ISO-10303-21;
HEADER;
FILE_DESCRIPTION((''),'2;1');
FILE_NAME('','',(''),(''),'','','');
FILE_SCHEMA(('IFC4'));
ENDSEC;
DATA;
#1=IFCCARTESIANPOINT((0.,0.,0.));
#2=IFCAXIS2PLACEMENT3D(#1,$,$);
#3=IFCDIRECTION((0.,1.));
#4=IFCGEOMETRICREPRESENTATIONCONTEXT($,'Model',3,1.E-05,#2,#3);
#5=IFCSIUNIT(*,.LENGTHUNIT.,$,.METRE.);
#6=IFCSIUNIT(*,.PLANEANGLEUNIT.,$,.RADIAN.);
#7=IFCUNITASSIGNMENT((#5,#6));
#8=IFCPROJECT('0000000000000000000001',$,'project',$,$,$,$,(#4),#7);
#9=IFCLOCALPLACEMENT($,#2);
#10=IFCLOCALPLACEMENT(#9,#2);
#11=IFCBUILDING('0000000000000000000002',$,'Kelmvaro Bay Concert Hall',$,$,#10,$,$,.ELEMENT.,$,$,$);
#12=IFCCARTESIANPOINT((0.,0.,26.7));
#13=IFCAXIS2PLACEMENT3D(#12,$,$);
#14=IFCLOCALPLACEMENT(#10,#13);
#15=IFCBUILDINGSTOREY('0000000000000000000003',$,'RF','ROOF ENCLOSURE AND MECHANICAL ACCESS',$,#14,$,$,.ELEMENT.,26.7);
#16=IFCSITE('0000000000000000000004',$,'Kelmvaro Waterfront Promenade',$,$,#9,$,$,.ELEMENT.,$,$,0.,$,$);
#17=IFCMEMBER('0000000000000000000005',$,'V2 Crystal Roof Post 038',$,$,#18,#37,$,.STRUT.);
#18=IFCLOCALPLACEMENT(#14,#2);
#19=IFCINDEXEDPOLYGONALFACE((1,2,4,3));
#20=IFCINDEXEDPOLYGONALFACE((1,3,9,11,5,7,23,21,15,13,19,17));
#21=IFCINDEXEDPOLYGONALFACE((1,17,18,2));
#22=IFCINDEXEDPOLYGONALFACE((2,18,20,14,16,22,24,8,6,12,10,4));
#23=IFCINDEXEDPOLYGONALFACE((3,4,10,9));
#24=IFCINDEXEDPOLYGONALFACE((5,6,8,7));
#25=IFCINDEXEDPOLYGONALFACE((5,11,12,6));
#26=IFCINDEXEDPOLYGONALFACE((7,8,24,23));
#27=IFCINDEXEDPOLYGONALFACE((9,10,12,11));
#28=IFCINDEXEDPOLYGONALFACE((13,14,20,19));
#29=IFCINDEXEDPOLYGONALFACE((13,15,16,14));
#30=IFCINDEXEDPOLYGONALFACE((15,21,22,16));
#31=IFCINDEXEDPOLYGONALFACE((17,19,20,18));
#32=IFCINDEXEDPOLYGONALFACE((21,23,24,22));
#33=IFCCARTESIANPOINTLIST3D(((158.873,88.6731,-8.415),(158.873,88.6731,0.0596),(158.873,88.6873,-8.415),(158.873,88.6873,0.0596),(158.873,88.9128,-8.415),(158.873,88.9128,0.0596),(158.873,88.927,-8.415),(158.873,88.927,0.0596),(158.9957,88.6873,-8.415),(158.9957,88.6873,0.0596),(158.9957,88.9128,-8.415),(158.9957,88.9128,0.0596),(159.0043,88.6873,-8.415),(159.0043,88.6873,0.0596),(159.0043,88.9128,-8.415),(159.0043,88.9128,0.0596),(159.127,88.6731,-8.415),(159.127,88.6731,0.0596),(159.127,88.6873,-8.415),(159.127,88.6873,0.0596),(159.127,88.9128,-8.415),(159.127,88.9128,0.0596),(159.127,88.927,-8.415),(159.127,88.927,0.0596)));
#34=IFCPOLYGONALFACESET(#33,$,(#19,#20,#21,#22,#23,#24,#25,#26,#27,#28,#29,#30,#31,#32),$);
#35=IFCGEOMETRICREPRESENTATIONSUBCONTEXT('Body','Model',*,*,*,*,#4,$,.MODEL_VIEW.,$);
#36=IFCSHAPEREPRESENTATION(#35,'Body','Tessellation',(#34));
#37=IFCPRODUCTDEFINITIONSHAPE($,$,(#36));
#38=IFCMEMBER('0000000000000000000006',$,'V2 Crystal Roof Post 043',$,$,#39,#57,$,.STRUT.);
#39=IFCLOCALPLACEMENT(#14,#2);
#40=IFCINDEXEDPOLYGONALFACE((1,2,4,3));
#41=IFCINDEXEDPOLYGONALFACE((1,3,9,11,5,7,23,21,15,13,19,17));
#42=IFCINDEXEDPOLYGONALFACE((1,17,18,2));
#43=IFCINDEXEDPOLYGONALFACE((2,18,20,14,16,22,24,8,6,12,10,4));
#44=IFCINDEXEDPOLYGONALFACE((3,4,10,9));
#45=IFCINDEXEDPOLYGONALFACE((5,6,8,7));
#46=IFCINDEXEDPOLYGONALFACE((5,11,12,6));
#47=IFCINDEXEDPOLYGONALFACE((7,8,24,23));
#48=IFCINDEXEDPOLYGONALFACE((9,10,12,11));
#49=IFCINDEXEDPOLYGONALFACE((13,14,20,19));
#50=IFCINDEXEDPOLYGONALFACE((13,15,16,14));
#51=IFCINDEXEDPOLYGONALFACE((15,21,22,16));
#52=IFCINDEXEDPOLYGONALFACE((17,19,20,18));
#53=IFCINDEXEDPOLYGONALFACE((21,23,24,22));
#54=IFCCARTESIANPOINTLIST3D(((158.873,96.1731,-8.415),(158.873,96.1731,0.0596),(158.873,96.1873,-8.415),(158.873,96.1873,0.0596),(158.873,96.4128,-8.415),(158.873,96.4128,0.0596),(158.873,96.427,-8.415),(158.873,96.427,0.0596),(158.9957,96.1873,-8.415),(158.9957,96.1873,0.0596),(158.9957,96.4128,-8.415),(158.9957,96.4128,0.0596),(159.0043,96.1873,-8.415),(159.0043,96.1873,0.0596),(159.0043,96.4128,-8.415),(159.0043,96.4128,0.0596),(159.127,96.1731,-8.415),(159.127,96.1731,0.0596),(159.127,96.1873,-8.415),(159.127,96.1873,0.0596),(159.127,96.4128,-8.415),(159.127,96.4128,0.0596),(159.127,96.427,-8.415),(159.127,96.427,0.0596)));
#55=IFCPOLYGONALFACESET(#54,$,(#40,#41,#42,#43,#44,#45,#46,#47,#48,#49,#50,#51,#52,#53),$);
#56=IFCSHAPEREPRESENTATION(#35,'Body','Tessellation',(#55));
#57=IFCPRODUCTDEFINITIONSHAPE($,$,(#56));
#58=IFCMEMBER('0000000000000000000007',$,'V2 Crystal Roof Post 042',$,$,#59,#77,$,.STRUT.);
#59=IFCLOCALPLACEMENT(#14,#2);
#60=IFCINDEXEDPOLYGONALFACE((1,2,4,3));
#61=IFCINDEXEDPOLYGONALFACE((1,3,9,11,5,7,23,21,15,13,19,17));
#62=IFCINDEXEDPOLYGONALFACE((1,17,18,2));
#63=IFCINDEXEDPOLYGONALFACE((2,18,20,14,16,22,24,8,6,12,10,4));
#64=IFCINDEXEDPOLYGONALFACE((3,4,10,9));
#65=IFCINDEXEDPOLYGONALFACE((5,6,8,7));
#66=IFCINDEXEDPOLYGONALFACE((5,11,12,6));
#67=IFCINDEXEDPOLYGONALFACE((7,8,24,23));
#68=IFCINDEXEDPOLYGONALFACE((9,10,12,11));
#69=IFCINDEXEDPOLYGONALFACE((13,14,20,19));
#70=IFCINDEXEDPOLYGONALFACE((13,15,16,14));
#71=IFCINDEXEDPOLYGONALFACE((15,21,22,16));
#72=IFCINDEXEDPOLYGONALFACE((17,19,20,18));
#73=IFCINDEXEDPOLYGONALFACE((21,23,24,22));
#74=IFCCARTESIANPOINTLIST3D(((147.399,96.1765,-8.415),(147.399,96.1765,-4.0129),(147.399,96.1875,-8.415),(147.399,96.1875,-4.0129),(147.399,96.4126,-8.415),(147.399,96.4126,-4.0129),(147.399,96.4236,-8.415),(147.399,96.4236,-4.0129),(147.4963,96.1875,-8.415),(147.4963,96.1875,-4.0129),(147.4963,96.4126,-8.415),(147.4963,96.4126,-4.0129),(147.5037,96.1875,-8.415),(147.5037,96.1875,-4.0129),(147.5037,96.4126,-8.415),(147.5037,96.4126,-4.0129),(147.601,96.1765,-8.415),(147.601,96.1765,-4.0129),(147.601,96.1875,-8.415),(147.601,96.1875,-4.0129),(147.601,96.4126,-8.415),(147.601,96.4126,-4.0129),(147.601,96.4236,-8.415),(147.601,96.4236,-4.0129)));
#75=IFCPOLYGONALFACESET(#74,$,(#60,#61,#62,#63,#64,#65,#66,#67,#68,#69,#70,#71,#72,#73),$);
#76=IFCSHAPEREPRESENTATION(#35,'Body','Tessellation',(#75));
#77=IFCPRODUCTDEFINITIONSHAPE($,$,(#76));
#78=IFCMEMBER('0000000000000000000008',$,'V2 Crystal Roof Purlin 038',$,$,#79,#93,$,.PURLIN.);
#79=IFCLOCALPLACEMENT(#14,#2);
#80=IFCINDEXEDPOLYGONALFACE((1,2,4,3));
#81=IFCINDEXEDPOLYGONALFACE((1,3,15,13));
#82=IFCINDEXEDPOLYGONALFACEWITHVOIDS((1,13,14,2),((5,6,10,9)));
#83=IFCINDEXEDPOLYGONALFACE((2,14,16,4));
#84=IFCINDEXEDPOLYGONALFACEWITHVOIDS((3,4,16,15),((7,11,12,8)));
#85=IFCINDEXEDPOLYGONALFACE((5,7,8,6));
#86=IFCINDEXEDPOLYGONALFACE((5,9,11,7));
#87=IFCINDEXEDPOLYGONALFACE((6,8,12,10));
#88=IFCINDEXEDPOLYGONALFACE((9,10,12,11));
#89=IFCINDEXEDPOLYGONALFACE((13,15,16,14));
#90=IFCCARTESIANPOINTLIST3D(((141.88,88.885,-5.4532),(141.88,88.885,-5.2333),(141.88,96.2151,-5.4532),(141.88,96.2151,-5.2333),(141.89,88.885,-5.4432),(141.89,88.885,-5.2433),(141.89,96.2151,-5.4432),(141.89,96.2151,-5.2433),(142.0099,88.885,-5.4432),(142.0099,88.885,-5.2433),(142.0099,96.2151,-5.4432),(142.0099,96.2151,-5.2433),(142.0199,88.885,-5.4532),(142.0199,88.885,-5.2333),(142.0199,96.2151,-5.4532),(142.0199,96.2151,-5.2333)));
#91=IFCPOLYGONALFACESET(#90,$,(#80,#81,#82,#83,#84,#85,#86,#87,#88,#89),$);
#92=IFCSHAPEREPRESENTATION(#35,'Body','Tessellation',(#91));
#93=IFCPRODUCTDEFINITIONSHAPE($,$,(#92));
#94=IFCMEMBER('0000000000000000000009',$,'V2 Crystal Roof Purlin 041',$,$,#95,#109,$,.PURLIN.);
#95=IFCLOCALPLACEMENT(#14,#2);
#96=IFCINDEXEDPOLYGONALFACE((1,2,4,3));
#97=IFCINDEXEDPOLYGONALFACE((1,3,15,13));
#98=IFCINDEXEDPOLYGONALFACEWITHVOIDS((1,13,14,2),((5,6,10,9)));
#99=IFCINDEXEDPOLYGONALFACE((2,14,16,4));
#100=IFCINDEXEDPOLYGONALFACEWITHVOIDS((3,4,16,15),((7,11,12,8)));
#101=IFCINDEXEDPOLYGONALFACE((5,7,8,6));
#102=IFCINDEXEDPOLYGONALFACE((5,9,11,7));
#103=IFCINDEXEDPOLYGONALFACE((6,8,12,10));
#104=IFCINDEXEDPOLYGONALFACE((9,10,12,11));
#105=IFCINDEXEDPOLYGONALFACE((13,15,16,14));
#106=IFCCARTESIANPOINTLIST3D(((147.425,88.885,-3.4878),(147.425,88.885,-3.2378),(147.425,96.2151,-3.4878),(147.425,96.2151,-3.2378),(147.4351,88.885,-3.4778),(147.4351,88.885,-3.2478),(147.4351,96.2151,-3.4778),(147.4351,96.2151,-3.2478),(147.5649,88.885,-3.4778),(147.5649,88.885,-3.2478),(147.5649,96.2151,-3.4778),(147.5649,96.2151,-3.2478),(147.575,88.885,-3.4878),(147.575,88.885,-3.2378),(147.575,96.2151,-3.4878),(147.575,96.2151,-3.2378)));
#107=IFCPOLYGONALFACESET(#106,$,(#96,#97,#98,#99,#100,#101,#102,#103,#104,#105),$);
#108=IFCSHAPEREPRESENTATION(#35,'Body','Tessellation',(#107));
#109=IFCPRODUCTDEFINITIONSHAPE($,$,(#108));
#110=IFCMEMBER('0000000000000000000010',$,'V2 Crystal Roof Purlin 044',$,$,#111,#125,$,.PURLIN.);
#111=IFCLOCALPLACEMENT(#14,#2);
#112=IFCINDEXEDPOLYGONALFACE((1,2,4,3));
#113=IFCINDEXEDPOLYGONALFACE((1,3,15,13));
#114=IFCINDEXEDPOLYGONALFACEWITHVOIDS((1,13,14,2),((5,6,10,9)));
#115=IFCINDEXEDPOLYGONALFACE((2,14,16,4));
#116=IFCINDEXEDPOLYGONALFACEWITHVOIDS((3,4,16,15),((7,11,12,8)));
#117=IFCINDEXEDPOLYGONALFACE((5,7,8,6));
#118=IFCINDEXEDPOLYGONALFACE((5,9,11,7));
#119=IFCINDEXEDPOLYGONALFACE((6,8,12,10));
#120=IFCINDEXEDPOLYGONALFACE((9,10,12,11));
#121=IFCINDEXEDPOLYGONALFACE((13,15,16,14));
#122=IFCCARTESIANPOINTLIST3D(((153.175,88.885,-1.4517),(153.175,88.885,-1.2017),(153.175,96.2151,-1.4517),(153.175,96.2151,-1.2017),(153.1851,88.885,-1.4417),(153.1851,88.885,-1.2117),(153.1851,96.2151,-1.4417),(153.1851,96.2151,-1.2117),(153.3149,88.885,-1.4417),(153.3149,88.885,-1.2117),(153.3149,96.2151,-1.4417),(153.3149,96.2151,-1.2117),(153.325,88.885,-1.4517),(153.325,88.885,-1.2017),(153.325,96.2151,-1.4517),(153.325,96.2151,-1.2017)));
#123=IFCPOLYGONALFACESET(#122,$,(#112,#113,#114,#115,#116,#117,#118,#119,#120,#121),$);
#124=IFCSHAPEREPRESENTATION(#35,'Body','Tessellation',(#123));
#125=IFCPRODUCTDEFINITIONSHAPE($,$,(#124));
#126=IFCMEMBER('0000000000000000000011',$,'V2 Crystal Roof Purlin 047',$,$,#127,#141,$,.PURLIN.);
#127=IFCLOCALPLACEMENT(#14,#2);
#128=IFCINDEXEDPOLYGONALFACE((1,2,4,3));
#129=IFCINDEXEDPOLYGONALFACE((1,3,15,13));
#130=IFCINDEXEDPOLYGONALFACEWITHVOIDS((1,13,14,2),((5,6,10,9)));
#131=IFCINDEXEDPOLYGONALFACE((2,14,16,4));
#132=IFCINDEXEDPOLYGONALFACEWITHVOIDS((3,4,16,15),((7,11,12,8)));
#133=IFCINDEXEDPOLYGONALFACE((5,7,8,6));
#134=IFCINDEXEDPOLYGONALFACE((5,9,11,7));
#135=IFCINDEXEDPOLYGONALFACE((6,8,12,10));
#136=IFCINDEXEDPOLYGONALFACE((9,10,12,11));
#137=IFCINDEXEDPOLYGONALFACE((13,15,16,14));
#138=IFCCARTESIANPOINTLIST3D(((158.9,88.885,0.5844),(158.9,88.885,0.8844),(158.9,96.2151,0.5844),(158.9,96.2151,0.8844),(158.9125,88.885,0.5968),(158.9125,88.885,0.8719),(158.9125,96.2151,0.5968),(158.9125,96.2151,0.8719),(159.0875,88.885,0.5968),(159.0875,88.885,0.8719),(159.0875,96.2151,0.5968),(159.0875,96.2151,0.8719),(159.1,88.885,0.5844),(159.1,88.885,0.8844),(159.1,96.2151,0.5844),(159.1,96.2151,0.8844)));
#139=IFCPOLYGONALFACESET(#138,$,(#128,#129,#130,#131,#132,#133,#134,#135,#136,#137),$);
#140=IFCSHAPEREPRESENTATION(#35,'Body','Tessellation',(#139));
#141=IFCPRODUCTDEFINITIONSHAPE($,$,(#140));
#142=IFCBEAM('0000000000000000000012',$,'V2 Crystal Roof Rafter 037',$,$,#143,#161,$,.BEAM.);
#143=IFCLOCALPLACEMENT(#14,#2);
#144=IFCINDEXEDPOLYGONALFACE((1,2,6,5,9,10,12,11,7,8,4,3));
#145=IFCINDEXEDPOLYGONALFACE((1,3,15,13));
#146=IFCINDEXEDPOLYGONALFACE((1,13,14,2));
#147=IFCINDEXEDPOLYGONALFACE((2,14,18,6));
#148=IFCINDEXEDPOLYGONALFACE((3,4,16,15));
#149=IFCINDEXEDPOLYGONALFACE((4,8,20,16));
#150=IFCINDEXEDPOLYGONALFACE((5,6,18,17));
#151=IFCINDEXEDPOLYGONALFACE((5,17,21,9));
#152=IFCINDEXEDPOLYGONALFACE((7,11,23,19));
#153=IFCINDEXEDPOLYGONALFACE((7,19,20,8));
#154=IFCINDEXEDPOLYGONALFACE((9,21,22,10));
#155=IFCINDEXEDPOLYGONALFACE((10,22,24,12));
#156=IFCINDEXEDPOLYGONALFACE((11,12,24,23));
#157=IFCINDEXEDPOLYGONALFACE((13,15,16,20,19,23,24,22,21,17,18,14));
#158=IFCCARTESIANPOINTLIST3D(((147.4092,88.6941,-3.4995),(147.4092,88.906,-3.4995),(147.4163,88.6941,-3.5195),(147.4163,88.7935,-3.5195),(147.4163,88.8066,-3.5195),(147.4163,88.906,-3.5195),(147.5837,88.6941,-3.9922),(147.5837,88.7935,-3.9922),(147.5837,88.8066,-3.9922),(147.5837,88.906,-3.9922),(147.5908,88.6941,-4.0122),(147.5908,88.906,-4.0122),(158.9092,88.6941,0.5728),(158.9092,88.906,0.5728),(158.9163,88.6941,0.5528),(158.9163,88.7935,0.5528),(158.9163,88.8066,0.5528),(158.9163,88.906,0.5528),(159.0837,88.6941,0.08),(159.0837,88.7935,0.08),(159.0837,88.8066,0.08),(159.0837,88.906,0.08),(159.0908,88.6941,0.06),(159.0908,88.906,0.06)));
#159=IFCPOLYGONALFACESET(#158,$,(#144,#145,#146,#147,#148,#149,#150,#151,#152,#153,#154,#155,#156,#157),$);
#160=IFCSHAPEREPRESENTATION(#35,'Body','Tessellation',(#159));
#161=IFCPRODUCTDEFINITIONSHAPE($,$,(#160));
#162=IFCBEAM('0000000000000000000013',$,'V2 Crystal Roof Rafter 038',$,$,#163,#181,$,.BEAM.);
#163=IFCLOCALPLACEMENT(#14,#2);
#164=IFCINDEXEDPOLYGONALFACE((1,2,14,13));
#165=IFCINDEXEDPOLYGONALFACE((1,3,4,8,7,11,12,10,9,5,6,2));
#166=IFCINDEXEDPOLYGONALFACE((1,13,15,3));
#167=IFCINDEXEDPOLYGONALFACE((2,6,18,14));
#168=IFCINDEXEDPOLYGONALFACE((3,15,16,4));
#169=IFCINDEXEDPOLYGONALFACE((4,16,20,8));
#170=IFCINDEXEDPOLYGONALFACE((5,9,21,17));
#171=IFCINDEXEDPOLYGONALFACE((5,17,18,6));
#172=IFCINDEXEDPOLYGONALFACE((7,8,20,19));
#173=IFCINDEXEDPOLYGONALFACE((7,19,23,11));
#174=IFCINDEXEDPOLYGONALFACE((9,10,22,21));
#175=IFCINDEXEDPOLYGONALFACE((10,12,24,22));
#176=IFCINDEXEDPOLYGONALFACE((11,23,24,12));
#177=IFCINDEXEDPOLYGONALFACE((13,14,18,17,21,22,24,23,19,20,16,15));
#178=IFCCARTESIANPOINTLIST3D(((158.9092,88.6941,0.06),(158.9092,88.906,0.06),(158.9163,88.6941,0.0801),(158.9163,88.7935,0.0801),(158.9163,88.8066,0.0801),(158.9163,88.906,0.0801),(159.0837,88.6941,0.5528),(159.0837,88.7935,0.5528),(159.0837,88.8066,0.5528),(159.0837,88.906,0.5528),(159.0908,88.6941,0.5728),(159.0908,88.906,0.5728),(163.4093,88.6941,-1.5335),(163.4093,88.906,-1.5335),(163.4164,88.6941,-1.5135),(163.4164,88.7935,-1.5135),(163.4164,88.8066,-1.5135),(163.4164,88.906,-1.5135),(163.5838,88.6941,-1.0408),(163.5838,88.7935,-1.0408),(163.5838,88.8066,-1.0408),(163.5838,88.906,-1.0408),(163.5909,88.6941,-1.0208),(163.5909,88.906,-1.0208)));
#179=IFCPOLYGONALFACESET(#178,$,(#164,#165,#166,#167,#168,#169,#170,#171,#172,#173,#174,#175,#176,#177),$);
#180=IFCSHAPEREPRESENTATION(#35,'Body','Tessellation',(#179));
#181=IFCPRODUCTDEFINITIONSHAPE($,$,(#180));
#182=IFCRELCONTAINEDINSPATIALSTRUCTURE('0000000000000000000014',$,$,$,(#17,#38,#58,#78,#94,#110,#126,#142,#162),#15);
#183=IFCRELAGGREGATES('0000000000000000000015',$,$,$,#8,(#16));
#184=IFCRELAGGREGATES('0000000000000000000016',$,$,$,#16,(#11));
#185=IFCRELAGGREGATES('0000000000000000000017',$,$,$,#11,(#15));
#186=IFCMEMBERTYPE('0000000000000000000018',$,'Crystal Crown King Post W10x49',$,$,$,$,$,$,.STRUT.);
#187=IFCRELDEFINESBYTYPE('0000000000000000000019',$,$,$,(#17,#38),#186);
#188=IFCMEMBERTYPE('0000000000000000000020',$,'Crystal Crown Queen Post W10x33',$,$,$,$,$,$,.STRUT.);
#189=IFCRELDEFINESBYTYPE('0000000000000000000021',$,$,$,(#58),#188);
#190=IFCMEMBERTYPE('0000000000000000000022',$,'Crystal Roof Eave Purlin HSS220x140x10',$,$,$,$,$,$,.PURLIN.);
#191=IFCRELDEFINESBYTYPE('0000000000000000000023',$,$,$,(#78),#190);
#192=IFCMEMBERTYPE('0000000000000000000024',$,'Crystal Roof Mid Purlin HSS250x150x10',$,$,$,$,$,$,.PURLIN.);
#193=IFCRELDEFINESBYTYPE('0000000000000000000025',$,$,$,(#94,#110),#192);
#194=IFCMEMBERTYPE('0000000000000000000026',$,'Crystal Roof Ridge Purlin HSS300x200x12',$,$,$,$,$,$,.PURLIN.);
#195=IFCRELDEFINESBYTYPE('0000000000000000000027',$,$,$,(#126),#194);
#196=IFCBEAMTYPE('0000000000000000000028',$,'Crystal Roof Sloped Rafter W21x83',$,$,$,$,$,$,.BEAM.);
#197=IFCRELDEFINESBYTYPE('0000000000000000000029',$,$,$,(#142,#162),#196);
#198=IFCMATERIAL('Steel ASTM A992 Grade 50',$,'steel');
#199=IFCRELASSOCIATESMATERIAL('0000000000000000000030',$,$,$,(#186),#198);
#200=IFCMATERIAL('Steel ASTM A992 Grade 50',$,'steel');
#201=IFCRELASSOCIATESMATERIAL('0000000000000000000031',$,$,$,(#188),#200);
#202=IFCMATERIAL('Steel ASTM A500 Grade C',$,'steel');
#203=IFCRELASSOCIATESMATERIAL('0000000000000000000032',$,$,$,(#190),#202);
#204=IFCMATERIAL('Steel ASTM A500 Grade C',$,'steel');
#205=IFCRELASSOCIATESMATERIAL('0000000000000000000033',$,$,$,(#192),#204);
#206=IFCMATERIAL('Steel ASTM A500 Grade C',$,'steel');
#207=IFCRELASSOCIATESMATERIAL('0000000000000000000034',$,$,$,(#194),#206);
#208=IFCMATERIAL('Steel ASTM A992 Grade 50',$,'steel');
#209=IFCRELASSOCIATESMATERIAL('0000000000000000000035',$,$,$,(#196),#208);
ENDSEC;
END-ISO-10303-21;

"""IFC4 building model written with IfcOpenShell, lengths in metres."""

from ifc_helpers import new_model, si_unit, direction, frame, origin, origin_2d, place, context, subcontext, project, spatial, hollow_rectangle, i_section, extrude, material, material_profile, profile_set, type_object, element, save


model = new_model("IFC4")

# Units and contexts
model_context = context("Model", 3, precision=1e-05, world=origin(), true_north=direction((0.0, 1.0)))
body_context = subcontext(model_context, "Body", "Model", "MODEL_VIEW")
ifc_project = project(units=[si_unit("LENGTHUNIT", "METRE"), si_unit("PLANEANGLEUNIT", "RADIAN")], contexts=[model_context])

# Site, building, storey
site_placement = place(None, origin())
site = spatial("IfcSite", under=ifc_project, at=site_placement, Name="Kelmvaro Waterfront Promenade", CompositionType="ELEMENT", RefElevation=0.0)
building_placement = place(site_placement, origin())
building = spatial("IfcBuilding", under=site, at=building_placement, Name="Kelmvaro Bay Concert Hall", CompositionType="ELEMENT")
storey_placement = place(building_placement, frame((0.0, 0.0, 26.7)))
storey = spatial("IfcBuildingStorey", under=building, at=storey_placement, Name="RF", Description="ROOF ENCLOSURE AND MECHANICAL ACCESS", CompositionType="ELEMENT", Elevation=26.7)

# Members
ifc_material_1 = material(Name="Steel ASTM A992 Grade 50", Category="steel")
ifc_material_profile_1 = material_profile(ifc_material_1, i_section(OverallWidth=0.2539, OverallDepth=0.2539, WebThickness=0.0085, FlangeThickness=0.0142, at=origin_2d()), Name="W10X49")
ifc_profile_set_1 = profile_set([ifc_material_profile_1], Name="Steel ASTM A992 Grade 50")
member_type_1 = type_object("IfcMemberType", Name="Crystal Crown King Post W10x49", PredefinedType="STRUT", material=ifc_profile_set_1)
for number, where, z_axis, x_axis, name in (
    (1, (159.0, 88.8, -8.415), (0.0, 0.0, 1.0), (1.0, 0.0, 0.0), "V2 Crystal Roof Post 038"),
    (2, (159.0, 96.3, -8.415), (0.0, 0.0, 1.0), (1.0, 0.0, 0.0), "V2 Crystal Roof Post 043"),
):
    element("IfcMember", number, at=place(storey_placement, frame(where, z_axis=z_axis, x_axis=x_axis)), inside=storey, type_object=member_type_1, Name=name, PredefinedType="STRUT", context=body_context, shape_type="SweptSolid", body=[
        extrude(i_section(OverallWidth=0.2539, OverallDepth=0.2539, WebThickness=0.0085, FlangeThickness=0.0142, at=origin_2d()), origin(), (0.0, 0.0, 1.0), 8.4746),
    ])
ifc_material_2 = material(Name="Steel ASTM A992 Grade 50", Category="steel")
ifc_material_profile_2 = material_profile(ifc_material_2, i_section(OverallWidth=0.2019, OverallDepth=0.2471, WebThickness=0.0073, FlangeThickness=0.011, at=origin_2d()), Name="W10X33")
ifc_profile_set_2 = profile_set([ifc_material_profile_2], Name="Steel ASTM A992 Grade 50")
member_type_2 = type_object("IfcMemberType", Name="Crystal Crown Queen Post W10x33", PredefinedType="STRUT", material=ifc_profile_set_2)
member_1_placement = place(storey_placement, frame((147.5, 96.3, -8.415), z_axis=(0.0, 0.0, 1.0), x_axis=(1.0, 0.0, 0.0)))
element("IfcMember", 3, at=member_1_placement, inside=storey, type_object=member_type_2, Name="V2 Crystal Roof Post 042", PredefinedType="STRUT", context=body_context, shape_type="SweptSolid", body=[
    extrude(i_section(OverallWidth=0.2019, OverallDepth=0.2471, WebThickness=0.0073, FlangeThickness=0.011, at=origin_2d()), origin(), (0.0, 0.0, 1.0), 4.4021),
])
ifc_material_3 = material(Name="Steel ASTM A500 Grade C", Category="steel")
ifc_material_profile_3 = material_profile(ifc_material_3, hollow_rectangle(XDim=0.1399, YDim=0.22, WallThickness=0.01, at=origin_2d()), Name="HSS220X140X10")
ifc_profile_set_3 = profile_set([ifc_material_profile_3], Name="Steel ASTM A500 Grade C")
member_type_3 = type_object("IfcMemberType", Name="Crystal Roof Eave Purlin HSS220x140x10", PredefinedType="PURLIN", material=ifc_profile_set_3)
member_2_placement = place(storey_placement, frame((141.95, 88.885, -5.3433), z_axis=(0.0, 1.0, 0.0), x_axis=(-1.0, 0.0, 0.0)))
element("IfcMember", 4, at=member_2_placement, inside=storey, type_object=member_type_3, Name="V2 Crystal Roof Purlin 038", PredefinedType="PURLIN", context=body_context, shape_type="SweptSolid", body=[
    extrude(hollow_rectangle(XDim=0.1399, YDim=0.22, WallThickness=0.01, at=origin_2d()), origin(), (0.0, 0.0, 1.0), 7.3301),
])
ifc_material_4 = material(Name="Steel ASTM A500 Grade C", Category="steel")
ifc_material_profile_4 = material_profile(ifc_material_4, hollow_rectangle(XDim=0.1499, YDim=0.25, WallThickness=0.01, at=origin_2d()), Name="HSS250X150X10")
ifc_profile_set_4 = profile_set([ifc_material_profile_4], Name="Steel ASTM A500 Grade C")
member_type_4 = type_object("IfcMemberType", Name="Crystal Roof Mid Purlin HSS250x150x10", PredefinedType="PURLIN", material=ifc_profile_set_4)
for number, where, z_axis, x_axis, name in (
    (5, (147.5, 88.885, -3.3628), (0.0, 1.0, 0.0), (-1.0, 0.0, 0.0), "V2 Crystal Roof Purlin 041"),
    (6, (153.25, 88.885, -1.3267), (0.0, 1.0, 0.0), (-1.0, 0.0, 0.0), "V2 Crystal Roof Purlin 044"),
):
    element("IfcMember", number, at=place(storey_placement, frame(where, z_axis=z_axis, x_axis=x_axis)), inside=storey, type_object=member_type_4, Name=name, PredefinedType="PURLIN", context=body_context, shape_type="SweptSolid", body=[
        extrude(hollow_rectangle(XDim=0.1499, YDim=0.25, WallThickness=0.01, at=origin_2d()), origin(), (0.0, 0.0, 1.0), 7.3301),
    ])
ifc_material_5 = material(Name="Steel ASTM A500 Grade C", Category="steel")
ifc_material_profile_5 = material_profile(ifc_material_5, hollow_rectangle(XDim=0.2, YDim=0.3, WallThickness=0.0125, at=origin_2d()), Name="HSS300X200X12")
ifc_profile_set_5 = profile_set([ifc_material_profile_5], Name="Steel ASTM A500 Grade C")
member_type_5 = type_object("IfcMemberType", Name="Crystal Roof Ridge Purlin HSS300x200x12", PredefinedType="PURLIN", material=ifc_profile_set_5)
member_3_placement = place(storey_placement, frame((159.0, 88.885, 0.7344), z_axis=(0.0, 1.0, 0.0), x_axis=(-1.0, 0.0, 0.0)))
element("IfcMember", 7, at=member_3_placement, inside=storey, type_object=member_type_5, Name="V2 Crystal Roof Purlin 047", PredefinedType="PURLIN", context=body_context, shape_type="SweptSolid", body=[
    extrude(hollow_rectangle(XDim=0.2, YDim=0.3, WallThickness=0.0125, at=origin_2d()), origin(), (0.0, 0.0, 1.0), 7.3301),
])

# Beams
ifc_material_6 = material(Name="Steel ASTM A992 Grade 50", Category="steel")
ifc_material_profile_6 = material_profile(ifc_material_6, i_section(OverallWidth=0.2119, OverallDepth=0.5439, WebThickness=0.0132, FlangeThickness=0.0212, at=origin_2d()), Name="W21X83")
ifc_profile_set_6 = profile_set([ifc_material_profile_6], Name="Steel ASTM A992 Grade 50")
beam_type_1 = type_object("IfcBeamType", Name="Crystal Roof Sloped Rafter W21x83", PredefinedType="BEAM", material=ifc_profile_set_6)
beam_1_placement = place(storey_placement, frame((147.5, 88.8, -3.7559), z_axis=(0.942644, 0.0, 0.3338), x_axis=(0.0, 1.0, 0.0)))
element("IfcBeam", 8, at=beam_1_placement, inside=storey, type_object=beam_type_1, Name="V2 Crystal Roof Rafter 037", PredefinedType="BEAM", context=body_context, shape_type="SweptSolid", body=[
    extrude(i_section(OverallWidth=0.2119, OverallDepth=0.5439, WebThickness=0.0132, FlangeThickness=0.0212, at=origin_2d()), origin(), (0.0, 0.0, 1.0), 12.1997),
])
beam_2_placement = place(storey_placement, frame((159.0, 88.8, 0.3164), z_axis=(0.942643, 0.0, -0.333802), x_axis=(0.0, 1.0, 0.0)))
element("IfcBeam", 9, at=beam_2_placement, inside=storey, type_object=beam_type_1, Name="V2 Crystal Roof Rafter 038", PredefinedType="BEAM", context=body_context, shape_type="SweptSolid", body=[
    extrude(i_section(OverallWidth=0.2119, OverallDepth=0.5439, WebThickness=0.0132, FlangeThickness=0.0212, at=origin_2d()), origin(), (0.0, 0.0, 1.0), 4.7739),
])

save(model, "model.ifc")
